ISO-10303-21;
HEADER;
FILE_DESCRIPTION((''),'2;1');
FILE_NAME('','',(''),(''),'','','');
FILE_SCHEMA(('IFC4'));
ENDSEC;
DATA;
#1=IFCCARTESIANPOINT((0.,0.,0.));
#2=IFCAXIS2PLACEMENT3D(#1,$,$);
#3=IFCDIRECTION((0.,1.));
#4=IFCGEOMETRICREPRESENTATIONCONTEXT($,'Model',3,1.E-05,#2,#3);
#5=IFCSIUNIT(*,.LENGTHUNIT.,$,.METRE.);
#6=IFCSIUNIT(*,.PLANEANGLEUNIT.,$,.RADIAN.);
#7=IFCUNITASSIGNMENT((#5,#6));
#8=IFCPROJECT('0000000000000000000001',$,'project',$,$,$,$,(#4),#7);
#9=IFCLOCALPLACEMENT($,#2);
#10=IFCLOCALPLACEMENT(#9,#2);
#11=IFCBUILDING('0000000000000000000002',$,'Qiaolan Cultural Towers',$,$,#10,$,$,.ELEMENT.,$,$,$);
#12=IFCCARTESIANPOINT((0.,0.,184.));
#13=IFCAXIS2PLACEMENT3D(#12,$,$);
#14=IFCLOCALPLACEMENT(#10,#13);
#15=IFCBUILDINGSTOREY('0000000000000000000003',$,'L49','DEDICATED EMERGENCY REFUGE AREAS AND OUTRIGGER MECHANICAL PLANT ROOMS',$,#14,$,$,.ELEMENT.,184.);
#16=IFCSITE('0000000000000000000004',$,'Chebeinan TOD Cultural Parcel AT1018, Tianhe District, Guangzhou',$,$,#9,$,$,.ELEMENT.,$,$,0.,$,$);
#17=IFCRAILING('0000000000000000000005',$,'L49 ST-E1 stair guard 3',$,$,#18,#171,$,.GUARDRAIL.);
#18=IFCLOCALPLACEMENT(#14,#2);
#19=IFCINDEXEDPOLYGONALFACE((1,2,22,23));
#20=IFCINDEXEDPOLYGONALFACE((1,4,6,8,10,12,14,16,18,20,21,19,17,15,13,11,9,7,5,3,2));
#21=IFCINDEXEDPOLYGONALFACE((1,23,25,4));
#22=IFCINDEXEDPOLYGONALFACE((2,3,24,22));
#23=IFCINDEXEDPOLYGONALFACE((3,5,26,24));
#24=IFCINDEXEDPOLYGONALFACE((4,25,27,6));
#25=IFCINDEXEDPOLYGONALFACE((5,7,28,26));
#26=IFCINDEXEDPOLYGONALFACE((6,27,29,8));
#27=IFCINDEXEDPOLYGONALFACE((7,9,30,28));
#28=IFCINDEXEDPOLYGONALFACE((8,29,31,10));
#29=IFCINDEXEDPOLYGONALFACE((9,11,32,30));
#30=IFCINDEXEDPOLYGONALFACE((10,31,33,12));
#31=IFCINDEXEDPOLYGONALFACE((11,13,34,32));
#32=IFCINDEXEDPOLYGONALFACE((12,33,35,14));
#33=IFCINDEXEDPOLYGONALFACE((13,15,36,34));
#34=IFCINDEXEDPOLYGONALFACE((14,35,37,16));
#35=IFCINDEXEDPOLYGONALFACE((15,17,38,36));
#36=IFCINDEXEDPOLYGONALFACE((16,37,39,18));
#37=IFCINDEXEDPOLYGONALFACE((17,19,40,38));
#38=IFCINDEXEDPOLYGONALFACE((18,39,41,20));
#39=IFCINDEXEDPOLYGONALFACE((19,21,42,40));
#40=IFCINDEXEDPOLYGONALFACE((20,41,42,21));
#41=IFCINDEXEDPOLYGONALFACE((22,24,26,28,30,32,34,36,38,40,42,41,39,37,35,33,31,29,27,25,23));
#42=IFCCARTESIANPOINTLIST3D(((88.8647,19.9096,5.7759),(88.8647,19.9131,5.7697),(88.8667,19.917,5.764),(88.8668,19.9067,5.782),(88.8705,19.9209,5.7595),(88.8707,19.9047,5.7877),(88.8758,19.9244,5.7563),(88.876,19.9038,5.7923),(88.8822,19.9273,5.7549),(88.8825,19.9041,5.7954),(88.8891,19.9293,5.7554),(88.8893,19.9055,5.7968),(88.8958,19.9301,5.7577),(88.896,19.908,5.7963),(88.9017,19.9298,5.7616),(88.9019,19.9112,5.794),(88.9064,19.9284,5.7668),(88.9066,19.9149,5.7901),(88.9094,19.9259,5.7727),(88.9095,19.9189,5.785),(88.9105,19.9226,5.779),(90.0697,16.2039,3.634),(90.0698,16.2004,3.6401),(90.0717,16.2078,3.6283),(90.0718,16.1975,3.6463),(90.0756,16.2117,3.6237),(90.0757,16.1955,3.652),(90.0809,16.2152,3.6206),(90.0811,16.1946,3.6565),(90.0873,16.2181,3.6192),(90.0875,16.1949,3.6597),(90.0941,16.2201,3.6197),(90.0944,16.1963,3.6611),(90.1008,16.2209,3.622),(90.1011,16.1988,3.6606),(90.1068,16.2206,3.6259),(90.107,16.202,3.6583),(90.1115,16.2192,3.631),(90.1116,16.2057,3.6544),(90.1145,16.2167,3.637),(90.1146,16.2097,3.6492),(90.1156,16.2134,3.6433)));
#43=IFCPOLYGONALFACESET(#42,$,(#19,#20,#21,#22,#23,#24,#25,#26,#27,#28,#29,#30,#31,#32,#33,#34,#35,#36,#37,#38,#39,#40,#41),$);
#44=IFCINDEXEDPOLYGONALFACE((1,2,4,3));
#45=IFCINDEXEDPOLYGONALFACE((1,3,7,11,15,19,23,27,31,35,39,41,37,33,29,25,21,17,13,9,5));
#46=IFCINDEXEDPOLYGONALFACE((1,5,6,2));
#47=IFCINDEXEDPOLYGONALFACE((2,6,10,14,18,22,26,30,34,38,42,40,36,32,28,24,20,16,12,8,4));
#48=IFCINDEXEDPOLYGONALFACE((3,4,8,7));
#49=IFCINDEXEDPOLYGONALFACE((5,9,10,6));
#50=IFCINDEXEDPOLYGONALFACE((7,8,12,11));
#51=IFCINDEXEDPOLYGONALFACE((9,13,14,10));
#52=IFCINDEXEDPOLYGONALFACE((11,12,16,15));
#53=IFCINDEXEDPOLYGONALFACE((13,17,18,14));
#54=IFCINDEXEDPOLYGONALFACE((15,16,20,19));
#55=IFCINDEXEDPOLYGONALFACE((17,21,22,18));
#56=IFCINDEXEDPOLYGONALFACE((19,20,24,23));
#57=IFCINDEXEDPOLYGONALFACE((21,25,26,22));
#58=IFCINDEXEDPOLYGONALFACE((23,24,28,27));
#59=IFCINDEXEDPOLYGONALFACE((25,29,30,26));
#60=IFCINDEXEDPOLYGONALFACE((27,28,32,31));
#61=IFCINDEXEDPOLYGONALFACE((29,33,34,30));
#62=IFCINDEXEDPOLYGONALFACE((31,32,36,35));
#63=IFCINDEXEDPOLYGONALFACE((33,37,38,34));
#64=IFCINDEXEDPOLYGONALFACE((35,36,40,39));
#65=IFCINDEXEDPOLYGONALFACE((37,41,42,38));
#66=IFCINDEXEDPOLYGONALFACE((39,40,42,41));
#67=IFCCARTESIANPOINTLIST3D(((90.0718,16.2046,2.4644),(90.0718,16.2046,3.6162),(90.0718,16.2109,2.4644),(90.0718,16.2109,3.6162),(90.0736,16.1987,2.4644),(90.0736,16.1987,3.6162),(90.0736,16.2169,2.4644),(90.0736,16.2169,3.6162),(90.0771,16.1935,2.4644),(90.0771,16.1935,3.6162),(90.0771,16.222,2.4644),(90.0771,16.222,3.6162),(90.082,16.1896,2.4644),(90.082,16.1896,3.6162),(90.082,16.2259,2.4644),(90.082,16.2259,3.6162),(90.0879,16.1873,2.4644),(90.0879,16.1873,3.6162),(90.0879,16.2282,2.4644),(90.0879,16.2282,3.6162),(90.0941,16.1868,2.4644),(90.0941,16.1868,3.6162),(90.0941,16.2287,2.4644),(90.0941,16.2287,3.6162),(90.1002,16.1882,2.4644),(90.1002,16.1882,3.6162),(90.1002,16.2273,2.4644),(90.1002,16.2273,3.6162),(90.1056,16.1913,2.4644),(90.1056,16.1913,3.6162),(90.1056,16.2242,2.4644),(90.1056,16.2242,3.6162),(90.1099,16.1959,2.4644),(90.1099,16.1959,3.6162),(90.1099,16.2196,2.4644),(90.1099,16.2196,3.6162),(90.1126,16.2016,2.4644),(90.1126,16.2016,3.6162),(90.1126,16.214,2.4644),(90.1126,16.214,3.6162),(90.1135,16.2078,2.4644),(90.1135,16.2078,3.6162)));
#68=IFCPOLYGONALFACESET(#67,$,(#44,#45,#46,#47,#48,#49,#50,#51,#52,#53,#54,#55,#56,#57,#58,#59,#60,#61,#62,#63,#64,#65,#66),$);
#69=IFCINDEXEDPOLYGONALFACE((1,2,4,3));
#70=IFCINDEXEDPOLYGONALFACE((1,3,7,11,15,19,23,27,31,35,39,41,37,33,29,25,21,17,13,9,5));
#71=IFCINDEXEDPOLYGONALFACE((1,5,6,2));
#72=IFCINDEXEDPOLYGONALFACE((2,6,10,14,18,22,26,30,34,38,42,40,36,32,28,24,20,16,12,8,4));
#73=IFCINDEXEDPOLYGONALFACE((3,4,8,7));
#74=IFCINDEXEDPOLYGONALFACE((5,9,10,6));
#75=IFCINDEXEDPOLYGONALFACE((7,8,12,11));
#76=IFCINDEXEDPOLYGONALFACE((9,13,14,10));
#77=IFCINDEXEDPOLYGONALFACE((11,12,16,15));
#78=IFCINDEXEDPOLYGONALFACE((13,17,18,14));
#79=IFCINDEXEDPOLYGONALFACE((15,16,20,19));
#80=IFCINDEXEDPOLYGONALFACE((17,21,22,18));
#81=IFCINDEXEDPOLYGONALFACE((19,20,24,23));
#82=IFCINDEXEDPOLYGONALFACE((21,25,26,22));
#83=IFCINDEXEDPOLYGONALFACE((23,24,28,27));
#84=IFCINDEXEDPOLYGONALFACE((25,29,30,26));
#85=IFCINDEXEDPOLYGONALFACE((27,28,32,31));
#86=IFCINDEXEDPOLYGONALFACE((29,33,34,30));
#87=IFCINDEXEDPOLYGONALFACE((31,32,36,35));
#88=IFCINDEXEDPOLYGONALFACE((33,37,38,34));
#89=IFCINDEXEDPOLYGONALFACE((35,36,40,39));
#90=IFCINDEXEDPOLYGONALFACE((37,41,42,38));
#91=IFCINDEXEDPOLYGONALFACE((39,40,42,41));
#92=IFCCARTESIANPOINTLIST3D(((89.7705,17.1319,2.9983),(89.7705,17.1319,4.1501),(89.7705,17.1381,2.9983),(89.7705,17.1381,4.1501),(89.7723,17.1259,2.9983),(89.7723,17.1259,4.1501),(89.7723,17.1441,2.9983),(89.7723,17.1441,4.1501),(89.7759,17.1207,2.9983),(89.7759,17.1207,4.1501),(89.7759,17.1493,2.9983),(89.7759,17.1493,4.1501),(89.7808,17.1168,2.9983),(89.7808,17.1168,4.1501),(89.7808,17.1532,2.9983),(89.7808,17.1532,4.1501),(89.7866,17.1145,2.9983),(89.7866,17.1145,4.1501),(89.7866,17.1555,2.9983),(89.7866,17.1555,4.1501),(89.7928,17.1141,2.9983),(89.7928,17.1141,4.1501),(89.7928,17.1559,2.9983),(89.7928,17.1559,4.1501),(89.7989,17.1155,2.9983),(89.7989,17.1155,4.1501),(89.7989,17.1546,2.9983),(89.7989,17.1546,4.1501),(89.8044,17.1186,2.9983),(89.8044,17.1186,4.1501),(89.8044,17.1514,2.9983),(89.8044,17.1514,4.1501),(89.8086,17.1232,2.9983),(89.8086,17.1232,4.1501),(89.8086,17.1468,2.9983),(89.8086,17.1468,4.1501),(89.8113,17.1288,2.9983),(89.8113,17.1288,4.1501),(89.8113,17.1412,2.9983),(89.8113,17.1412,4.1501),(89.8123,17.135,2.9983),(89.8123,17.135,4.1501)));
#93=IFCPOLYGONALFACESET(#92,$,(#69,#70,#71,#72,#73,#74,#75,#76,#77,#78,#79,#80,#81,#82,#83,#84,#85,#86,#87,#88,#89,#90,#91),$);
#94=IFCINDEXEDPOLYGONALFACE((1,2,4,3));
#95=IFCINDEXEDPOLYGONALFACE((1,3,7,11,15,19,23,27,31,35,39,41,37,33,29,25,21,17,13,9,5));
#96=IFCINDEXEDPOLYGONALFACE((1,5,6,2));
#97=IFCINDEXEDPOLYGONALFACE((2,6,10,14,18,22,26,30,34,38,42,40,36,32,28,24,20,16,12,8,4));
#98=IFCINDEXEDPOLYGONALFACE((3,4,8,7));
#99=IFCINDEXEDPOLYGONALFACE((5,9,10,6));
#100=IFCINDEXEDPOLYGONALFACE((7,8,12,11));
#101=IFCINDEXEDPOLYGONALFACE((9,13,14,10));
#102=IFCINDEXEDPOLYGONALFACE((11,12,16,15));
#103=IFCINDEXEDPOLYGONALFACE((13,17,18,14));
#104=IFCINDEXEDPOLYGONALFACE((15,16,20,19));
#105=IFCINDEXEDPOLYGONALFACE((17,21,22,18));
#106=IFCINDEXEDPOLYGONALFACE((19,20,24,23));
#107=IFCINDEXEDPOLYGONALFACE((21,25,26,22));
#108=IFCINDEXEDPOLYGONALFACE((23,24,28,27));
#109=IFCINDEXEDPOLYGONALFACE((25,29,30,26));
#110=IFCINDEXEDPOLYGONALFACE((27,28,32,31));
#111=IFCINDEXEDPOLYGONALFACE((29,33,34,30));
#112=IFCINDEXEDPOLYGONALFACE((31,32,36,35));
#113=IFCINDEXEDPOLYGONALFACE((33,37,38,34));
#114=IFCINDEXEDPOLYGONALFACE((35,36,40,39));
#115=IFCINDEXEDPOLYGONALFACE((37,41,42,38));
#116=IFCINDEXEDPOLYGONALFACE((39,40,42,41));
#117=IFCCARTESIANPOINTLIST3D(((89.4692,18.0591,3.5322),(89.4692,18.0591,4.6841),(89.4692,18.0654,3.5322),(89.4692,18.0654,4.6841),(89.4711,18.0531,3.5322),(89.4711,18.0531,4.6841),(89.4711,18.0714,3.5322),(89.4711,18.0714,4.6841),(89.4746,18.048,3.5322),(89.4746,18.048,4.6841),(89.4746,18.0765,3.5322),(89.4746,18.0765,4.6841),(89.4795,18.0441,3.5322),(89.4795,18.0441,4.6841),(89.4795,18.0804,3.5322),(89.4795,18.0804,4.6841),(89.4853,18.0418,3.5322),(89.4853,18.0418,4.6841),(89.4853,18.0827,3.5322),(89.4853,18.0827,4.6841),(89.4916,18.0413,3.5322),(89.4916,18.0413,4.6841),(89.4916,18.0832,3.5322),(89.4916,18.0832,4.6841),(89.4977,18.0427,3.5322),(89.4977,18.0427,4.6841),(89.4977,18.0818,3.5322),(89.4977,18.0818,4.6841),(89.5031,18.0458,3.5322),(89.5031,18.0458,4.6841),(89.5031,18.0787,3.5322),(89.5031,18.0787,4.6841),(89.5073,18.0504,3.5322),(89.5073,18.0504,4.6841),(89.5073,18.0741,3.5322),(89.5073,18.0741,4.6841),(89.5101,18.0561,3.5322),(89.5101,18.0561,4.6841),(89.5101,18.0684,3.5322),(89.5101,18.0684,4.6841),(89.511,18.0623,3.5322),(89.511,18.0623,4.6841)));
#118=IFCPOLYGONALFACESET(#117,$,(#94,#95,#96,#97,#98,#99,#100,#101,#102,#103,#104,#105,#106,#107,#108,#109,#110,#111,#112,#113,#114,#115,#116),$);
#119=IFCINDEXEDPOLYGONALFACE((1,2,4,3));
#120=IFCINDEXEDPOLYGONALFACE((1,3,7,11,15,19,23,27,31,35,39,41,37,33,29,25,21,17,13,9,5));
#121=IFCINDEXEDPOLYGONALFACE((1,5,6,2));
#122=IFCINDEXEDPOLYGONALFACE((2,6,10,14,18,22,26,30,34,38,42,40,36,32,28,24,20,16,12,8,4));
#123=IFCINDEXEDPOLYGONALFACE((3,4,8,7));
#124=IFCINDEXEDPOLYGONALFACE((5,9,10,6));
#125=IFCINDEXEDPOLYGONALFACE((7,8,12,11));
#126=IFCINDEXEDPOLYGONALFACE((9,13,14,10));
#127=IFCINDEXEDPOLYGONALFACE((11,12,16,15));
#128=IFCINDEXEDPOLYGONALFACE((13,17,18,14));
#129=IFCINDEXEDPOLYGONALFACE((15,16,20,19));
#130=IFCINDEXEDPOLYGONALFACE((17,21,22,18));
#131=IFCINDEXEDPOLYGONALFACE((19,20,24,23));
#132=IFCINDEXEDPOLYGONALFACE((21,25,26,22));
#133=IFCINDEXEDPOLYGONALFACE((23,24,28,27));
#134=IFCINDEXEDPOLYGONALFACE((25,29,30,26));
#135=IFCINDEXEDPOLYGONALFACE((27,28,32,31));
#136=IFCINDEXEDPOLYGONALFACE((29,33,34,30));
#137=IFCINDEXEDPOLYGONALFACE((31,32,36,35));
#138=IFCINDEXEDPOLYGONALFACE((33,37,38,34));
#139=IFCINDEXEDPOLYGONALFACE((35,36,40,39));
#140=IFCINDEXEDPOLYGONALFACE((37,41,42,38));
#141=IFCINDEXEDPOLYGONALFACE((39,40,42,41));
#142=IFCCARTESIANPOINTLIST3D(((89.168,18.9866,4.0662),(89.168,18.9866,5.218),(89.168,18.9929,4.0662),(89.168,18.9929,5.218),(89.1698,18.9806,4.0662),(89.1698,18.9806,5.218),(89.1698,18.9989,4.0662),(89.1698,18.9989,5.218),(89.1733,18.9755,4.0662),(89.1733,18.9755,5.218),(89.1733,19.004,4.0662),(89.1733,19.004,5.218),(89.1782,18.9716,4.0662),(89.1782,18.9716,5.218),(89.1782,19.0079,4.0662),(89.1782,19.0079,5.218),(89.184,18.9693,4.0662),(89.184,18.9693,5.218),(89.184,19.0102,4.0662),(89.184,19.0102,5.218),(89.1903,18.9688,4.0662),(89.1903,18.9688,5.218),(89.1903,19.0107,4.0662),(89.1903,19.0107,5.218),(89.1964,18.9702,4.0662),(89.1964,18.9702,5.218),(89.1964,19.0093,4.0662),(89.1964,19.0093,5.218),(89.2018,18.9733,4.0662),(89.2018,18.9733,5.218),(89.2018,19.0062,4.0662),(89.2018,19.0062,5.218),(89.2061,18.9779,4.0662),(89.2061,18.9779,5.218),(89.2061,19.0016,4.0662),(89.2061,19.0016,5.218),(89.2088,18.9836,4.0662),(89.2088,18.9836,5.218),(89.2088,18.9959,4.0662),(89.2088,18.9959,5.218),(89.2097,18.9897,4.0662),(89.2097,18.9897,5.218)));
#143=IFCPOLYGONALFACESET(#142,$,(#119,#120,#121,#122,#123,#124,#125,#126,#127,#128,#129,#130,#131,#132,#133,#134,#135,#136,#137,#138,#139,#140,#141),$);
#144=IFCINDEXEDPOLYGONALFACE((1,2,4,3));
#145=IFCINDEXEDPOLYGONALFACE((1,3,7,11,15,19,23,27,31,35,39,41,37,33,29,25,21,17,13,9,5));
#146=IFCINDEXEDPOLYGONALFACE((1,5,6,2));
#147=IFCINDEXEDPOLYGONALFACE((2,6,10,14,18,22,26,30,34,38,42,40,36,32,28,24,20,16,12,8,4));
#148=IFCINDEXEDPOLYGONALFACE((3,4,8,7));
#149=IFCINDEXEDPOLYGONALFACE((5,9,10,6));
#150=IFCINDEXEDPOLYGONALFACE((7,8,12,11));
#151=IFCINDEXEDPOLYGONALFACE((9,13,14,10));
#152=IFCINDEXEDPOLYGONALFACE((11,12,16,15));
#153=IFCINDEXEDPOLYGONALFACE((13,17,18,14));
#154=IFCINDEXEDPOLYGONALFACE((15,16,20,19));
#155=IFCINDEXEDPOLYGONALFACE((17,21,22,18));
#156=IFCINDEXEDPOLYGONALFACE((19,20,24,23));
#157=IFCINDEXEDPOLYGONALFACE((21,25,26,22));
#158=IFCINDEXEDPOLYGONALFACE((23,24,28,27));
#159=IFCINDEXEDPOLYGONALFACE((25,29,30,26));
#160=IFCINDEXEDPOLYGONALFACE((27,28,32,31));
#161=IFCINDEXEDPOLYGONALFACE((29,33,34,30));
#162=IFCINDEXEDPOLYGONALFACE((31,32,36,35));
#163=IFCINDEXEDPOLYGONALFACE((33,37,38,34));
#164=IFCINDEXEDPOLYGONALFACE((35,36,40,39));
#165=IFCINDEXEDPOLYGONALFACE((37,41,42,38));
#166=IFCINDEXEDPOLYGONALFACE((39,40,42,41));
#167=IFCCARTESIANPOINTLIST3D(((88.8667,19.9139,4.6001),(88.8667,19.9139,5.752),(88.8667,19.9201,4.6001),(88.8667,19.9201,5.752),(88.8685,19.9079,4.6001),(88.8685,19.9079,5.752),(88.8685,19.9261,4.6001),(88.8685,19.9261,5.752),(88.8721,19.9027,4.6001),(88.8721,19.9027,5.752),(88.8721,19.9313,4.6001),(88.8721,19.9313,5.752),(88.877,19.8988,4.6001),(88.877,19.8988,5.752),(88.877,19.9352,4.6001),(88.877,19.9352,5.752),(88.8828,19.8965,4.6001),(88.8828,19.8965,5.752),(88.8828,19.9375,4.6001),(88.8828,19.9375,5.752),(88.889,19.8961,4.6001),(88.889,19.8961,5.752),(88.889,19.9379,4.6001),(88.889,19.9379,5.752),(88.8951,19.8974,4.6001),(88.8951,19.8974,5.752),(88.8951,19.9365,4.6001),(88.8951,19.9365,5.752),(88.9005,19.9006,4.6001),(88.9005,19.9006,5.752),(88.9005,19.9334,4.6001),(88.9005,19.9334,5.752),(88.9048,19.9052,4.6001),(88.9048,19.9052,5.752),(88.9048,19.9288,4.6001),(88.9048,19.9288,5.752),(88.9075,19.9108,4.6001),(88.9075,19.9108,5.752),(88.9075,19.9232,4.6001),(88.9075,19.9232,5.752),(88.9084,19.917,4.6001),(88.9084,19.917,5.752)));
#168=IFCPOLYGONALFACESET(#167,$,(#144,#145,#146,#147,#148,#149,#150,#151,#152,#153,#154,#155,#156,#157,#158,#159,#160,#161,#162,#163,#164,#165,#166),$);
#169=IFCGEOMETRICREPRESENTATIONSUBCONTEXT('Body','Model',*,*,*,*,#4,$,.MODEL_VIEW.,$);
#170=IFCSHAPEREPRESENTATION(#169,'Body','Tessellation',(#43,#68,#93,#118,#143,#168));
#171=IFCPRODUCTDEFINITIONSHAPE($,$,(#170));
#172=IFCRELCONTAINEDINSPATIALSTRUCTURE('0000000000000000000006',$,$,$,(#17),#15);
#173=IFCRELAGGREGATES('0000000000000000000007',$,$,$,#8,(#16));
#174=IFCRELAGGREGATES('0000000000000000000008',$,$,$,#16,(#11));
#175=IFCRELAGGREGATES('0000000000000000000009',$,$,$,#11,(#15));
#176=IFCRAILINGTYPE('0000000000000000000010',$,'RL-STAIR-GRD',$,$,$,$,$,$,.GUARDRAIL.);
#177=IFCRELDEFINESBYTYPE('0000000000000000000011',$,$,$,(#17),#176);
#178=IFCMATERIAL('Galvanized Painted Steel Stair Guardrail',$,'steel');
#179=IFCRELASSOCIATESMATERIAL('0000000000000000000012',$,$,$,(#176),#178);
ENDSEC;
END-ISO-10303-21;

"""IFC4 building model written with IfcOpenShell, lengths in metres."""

from ifc_helpers import new_model, si_unit, direction, frame, origin, origin_2d, place, context, subcontext, project, spatial, circle, extrude, material, type_object, element, save


model = new_model("IFC4")

# Units and contexts
model_context = context("Model", 3, precision=1e-05, world=origin(), true_north=direction((0.0, 1.0)))
body_context = subcontext(model_context, "Body", "Model", "MODEL_VIEW")
ifc_project = project(units=[si_unit("LENGTHUNIT", "METRE"), si_unit("PLANEANGLEUNIT", "RADIAN")], contexts=[model_context])

# Site, building, storey
site_placement = place(None, origin())
site = spatial("IfcSite", under=ifc_project, at=site_placement, Name="Chebeinan TOD Cultural Parcel AT1018, Tianhe District, Guangzhou", CompositionType="ELEMENT", RefElevation=0.0)
building_placement = place(site_placement, origin())
building = spatial("IfcBuilding", under=site, at=building_placement, Name="Qiaolan Cultural Towers", CompositionType="ELEMENT")
storey_placement = place(building_placement, frame((0.0, 0.0, 184.0)))
storey = spatial("IfcBuildingStorey", under=building, at=storey_placement, Name="L49", Description="DEDICATED EMERGENCY REFUGE AREAS AND OUTRIGGER MECHANICAL PLANT ROOMS", CompositionType="ELEMENT", Elevation=184.0)

# Railing
ifc_material_1 = material(Name="Galvanized Painted Steel Stair Guardrail", Category="steel")
railing_type_1 = type_object("IfcRailingType", Name="RL-STAIR-GRD", PredefinedType="GUARDRAIL", material=ifc_material_1)
railing_1_placement = place(storey_placement, frame((90.0925, 16.2078, 2.4644)))
element("IfcRailing", 1, at=railing_1_placement, inside=storey, type_object=railing_type_1, Name="L49 ST-E1 stair guard 3", PredefinedType="GUARDRAIL", context=body_context, shape_type="SweptSolid", body=[
    extrude(circle(Radius=0.0239, at=origin_2d()), frame((0.0, 0.0, 1.1758), z_axis=(-0.271013, 0.834177, 0.480312), x_axis=(-0.951066, -0.308988, 0.0)), (0.0, 0.0, 1.0), 4.4465),
    extrude(circle(Radius=0.021, at=origin_2d()), origin(), (0.0, 0.0, 1.0), 1.1519),
    extrude(circle(Radius=0.021, at=origin_2d()), frame((-0.3013, 0.9272, 0.5339)), (0.0, 0.0, 1.0), 1.1519),
    extrude(circle(Radius=0.021, at=origin_2d()), frame((-0.6025, 1.8545, 1.0679)), (0.0, 0.0, 1.0), 1.1519),
    extrude(circle(Radius=0.021, at=origin_2d()), frame((-0.9038, 2.782, 1.6018)), (0.0, 0.0, 1.0), 1.1519),
    extrude(circle(Radius=0.021, at=origin_2d()), frame((-1.2051, 3.7092, 2.1357)), (0.0, 0.0, 1.0), 1.1519),
])

save(model, "model.ifc")
